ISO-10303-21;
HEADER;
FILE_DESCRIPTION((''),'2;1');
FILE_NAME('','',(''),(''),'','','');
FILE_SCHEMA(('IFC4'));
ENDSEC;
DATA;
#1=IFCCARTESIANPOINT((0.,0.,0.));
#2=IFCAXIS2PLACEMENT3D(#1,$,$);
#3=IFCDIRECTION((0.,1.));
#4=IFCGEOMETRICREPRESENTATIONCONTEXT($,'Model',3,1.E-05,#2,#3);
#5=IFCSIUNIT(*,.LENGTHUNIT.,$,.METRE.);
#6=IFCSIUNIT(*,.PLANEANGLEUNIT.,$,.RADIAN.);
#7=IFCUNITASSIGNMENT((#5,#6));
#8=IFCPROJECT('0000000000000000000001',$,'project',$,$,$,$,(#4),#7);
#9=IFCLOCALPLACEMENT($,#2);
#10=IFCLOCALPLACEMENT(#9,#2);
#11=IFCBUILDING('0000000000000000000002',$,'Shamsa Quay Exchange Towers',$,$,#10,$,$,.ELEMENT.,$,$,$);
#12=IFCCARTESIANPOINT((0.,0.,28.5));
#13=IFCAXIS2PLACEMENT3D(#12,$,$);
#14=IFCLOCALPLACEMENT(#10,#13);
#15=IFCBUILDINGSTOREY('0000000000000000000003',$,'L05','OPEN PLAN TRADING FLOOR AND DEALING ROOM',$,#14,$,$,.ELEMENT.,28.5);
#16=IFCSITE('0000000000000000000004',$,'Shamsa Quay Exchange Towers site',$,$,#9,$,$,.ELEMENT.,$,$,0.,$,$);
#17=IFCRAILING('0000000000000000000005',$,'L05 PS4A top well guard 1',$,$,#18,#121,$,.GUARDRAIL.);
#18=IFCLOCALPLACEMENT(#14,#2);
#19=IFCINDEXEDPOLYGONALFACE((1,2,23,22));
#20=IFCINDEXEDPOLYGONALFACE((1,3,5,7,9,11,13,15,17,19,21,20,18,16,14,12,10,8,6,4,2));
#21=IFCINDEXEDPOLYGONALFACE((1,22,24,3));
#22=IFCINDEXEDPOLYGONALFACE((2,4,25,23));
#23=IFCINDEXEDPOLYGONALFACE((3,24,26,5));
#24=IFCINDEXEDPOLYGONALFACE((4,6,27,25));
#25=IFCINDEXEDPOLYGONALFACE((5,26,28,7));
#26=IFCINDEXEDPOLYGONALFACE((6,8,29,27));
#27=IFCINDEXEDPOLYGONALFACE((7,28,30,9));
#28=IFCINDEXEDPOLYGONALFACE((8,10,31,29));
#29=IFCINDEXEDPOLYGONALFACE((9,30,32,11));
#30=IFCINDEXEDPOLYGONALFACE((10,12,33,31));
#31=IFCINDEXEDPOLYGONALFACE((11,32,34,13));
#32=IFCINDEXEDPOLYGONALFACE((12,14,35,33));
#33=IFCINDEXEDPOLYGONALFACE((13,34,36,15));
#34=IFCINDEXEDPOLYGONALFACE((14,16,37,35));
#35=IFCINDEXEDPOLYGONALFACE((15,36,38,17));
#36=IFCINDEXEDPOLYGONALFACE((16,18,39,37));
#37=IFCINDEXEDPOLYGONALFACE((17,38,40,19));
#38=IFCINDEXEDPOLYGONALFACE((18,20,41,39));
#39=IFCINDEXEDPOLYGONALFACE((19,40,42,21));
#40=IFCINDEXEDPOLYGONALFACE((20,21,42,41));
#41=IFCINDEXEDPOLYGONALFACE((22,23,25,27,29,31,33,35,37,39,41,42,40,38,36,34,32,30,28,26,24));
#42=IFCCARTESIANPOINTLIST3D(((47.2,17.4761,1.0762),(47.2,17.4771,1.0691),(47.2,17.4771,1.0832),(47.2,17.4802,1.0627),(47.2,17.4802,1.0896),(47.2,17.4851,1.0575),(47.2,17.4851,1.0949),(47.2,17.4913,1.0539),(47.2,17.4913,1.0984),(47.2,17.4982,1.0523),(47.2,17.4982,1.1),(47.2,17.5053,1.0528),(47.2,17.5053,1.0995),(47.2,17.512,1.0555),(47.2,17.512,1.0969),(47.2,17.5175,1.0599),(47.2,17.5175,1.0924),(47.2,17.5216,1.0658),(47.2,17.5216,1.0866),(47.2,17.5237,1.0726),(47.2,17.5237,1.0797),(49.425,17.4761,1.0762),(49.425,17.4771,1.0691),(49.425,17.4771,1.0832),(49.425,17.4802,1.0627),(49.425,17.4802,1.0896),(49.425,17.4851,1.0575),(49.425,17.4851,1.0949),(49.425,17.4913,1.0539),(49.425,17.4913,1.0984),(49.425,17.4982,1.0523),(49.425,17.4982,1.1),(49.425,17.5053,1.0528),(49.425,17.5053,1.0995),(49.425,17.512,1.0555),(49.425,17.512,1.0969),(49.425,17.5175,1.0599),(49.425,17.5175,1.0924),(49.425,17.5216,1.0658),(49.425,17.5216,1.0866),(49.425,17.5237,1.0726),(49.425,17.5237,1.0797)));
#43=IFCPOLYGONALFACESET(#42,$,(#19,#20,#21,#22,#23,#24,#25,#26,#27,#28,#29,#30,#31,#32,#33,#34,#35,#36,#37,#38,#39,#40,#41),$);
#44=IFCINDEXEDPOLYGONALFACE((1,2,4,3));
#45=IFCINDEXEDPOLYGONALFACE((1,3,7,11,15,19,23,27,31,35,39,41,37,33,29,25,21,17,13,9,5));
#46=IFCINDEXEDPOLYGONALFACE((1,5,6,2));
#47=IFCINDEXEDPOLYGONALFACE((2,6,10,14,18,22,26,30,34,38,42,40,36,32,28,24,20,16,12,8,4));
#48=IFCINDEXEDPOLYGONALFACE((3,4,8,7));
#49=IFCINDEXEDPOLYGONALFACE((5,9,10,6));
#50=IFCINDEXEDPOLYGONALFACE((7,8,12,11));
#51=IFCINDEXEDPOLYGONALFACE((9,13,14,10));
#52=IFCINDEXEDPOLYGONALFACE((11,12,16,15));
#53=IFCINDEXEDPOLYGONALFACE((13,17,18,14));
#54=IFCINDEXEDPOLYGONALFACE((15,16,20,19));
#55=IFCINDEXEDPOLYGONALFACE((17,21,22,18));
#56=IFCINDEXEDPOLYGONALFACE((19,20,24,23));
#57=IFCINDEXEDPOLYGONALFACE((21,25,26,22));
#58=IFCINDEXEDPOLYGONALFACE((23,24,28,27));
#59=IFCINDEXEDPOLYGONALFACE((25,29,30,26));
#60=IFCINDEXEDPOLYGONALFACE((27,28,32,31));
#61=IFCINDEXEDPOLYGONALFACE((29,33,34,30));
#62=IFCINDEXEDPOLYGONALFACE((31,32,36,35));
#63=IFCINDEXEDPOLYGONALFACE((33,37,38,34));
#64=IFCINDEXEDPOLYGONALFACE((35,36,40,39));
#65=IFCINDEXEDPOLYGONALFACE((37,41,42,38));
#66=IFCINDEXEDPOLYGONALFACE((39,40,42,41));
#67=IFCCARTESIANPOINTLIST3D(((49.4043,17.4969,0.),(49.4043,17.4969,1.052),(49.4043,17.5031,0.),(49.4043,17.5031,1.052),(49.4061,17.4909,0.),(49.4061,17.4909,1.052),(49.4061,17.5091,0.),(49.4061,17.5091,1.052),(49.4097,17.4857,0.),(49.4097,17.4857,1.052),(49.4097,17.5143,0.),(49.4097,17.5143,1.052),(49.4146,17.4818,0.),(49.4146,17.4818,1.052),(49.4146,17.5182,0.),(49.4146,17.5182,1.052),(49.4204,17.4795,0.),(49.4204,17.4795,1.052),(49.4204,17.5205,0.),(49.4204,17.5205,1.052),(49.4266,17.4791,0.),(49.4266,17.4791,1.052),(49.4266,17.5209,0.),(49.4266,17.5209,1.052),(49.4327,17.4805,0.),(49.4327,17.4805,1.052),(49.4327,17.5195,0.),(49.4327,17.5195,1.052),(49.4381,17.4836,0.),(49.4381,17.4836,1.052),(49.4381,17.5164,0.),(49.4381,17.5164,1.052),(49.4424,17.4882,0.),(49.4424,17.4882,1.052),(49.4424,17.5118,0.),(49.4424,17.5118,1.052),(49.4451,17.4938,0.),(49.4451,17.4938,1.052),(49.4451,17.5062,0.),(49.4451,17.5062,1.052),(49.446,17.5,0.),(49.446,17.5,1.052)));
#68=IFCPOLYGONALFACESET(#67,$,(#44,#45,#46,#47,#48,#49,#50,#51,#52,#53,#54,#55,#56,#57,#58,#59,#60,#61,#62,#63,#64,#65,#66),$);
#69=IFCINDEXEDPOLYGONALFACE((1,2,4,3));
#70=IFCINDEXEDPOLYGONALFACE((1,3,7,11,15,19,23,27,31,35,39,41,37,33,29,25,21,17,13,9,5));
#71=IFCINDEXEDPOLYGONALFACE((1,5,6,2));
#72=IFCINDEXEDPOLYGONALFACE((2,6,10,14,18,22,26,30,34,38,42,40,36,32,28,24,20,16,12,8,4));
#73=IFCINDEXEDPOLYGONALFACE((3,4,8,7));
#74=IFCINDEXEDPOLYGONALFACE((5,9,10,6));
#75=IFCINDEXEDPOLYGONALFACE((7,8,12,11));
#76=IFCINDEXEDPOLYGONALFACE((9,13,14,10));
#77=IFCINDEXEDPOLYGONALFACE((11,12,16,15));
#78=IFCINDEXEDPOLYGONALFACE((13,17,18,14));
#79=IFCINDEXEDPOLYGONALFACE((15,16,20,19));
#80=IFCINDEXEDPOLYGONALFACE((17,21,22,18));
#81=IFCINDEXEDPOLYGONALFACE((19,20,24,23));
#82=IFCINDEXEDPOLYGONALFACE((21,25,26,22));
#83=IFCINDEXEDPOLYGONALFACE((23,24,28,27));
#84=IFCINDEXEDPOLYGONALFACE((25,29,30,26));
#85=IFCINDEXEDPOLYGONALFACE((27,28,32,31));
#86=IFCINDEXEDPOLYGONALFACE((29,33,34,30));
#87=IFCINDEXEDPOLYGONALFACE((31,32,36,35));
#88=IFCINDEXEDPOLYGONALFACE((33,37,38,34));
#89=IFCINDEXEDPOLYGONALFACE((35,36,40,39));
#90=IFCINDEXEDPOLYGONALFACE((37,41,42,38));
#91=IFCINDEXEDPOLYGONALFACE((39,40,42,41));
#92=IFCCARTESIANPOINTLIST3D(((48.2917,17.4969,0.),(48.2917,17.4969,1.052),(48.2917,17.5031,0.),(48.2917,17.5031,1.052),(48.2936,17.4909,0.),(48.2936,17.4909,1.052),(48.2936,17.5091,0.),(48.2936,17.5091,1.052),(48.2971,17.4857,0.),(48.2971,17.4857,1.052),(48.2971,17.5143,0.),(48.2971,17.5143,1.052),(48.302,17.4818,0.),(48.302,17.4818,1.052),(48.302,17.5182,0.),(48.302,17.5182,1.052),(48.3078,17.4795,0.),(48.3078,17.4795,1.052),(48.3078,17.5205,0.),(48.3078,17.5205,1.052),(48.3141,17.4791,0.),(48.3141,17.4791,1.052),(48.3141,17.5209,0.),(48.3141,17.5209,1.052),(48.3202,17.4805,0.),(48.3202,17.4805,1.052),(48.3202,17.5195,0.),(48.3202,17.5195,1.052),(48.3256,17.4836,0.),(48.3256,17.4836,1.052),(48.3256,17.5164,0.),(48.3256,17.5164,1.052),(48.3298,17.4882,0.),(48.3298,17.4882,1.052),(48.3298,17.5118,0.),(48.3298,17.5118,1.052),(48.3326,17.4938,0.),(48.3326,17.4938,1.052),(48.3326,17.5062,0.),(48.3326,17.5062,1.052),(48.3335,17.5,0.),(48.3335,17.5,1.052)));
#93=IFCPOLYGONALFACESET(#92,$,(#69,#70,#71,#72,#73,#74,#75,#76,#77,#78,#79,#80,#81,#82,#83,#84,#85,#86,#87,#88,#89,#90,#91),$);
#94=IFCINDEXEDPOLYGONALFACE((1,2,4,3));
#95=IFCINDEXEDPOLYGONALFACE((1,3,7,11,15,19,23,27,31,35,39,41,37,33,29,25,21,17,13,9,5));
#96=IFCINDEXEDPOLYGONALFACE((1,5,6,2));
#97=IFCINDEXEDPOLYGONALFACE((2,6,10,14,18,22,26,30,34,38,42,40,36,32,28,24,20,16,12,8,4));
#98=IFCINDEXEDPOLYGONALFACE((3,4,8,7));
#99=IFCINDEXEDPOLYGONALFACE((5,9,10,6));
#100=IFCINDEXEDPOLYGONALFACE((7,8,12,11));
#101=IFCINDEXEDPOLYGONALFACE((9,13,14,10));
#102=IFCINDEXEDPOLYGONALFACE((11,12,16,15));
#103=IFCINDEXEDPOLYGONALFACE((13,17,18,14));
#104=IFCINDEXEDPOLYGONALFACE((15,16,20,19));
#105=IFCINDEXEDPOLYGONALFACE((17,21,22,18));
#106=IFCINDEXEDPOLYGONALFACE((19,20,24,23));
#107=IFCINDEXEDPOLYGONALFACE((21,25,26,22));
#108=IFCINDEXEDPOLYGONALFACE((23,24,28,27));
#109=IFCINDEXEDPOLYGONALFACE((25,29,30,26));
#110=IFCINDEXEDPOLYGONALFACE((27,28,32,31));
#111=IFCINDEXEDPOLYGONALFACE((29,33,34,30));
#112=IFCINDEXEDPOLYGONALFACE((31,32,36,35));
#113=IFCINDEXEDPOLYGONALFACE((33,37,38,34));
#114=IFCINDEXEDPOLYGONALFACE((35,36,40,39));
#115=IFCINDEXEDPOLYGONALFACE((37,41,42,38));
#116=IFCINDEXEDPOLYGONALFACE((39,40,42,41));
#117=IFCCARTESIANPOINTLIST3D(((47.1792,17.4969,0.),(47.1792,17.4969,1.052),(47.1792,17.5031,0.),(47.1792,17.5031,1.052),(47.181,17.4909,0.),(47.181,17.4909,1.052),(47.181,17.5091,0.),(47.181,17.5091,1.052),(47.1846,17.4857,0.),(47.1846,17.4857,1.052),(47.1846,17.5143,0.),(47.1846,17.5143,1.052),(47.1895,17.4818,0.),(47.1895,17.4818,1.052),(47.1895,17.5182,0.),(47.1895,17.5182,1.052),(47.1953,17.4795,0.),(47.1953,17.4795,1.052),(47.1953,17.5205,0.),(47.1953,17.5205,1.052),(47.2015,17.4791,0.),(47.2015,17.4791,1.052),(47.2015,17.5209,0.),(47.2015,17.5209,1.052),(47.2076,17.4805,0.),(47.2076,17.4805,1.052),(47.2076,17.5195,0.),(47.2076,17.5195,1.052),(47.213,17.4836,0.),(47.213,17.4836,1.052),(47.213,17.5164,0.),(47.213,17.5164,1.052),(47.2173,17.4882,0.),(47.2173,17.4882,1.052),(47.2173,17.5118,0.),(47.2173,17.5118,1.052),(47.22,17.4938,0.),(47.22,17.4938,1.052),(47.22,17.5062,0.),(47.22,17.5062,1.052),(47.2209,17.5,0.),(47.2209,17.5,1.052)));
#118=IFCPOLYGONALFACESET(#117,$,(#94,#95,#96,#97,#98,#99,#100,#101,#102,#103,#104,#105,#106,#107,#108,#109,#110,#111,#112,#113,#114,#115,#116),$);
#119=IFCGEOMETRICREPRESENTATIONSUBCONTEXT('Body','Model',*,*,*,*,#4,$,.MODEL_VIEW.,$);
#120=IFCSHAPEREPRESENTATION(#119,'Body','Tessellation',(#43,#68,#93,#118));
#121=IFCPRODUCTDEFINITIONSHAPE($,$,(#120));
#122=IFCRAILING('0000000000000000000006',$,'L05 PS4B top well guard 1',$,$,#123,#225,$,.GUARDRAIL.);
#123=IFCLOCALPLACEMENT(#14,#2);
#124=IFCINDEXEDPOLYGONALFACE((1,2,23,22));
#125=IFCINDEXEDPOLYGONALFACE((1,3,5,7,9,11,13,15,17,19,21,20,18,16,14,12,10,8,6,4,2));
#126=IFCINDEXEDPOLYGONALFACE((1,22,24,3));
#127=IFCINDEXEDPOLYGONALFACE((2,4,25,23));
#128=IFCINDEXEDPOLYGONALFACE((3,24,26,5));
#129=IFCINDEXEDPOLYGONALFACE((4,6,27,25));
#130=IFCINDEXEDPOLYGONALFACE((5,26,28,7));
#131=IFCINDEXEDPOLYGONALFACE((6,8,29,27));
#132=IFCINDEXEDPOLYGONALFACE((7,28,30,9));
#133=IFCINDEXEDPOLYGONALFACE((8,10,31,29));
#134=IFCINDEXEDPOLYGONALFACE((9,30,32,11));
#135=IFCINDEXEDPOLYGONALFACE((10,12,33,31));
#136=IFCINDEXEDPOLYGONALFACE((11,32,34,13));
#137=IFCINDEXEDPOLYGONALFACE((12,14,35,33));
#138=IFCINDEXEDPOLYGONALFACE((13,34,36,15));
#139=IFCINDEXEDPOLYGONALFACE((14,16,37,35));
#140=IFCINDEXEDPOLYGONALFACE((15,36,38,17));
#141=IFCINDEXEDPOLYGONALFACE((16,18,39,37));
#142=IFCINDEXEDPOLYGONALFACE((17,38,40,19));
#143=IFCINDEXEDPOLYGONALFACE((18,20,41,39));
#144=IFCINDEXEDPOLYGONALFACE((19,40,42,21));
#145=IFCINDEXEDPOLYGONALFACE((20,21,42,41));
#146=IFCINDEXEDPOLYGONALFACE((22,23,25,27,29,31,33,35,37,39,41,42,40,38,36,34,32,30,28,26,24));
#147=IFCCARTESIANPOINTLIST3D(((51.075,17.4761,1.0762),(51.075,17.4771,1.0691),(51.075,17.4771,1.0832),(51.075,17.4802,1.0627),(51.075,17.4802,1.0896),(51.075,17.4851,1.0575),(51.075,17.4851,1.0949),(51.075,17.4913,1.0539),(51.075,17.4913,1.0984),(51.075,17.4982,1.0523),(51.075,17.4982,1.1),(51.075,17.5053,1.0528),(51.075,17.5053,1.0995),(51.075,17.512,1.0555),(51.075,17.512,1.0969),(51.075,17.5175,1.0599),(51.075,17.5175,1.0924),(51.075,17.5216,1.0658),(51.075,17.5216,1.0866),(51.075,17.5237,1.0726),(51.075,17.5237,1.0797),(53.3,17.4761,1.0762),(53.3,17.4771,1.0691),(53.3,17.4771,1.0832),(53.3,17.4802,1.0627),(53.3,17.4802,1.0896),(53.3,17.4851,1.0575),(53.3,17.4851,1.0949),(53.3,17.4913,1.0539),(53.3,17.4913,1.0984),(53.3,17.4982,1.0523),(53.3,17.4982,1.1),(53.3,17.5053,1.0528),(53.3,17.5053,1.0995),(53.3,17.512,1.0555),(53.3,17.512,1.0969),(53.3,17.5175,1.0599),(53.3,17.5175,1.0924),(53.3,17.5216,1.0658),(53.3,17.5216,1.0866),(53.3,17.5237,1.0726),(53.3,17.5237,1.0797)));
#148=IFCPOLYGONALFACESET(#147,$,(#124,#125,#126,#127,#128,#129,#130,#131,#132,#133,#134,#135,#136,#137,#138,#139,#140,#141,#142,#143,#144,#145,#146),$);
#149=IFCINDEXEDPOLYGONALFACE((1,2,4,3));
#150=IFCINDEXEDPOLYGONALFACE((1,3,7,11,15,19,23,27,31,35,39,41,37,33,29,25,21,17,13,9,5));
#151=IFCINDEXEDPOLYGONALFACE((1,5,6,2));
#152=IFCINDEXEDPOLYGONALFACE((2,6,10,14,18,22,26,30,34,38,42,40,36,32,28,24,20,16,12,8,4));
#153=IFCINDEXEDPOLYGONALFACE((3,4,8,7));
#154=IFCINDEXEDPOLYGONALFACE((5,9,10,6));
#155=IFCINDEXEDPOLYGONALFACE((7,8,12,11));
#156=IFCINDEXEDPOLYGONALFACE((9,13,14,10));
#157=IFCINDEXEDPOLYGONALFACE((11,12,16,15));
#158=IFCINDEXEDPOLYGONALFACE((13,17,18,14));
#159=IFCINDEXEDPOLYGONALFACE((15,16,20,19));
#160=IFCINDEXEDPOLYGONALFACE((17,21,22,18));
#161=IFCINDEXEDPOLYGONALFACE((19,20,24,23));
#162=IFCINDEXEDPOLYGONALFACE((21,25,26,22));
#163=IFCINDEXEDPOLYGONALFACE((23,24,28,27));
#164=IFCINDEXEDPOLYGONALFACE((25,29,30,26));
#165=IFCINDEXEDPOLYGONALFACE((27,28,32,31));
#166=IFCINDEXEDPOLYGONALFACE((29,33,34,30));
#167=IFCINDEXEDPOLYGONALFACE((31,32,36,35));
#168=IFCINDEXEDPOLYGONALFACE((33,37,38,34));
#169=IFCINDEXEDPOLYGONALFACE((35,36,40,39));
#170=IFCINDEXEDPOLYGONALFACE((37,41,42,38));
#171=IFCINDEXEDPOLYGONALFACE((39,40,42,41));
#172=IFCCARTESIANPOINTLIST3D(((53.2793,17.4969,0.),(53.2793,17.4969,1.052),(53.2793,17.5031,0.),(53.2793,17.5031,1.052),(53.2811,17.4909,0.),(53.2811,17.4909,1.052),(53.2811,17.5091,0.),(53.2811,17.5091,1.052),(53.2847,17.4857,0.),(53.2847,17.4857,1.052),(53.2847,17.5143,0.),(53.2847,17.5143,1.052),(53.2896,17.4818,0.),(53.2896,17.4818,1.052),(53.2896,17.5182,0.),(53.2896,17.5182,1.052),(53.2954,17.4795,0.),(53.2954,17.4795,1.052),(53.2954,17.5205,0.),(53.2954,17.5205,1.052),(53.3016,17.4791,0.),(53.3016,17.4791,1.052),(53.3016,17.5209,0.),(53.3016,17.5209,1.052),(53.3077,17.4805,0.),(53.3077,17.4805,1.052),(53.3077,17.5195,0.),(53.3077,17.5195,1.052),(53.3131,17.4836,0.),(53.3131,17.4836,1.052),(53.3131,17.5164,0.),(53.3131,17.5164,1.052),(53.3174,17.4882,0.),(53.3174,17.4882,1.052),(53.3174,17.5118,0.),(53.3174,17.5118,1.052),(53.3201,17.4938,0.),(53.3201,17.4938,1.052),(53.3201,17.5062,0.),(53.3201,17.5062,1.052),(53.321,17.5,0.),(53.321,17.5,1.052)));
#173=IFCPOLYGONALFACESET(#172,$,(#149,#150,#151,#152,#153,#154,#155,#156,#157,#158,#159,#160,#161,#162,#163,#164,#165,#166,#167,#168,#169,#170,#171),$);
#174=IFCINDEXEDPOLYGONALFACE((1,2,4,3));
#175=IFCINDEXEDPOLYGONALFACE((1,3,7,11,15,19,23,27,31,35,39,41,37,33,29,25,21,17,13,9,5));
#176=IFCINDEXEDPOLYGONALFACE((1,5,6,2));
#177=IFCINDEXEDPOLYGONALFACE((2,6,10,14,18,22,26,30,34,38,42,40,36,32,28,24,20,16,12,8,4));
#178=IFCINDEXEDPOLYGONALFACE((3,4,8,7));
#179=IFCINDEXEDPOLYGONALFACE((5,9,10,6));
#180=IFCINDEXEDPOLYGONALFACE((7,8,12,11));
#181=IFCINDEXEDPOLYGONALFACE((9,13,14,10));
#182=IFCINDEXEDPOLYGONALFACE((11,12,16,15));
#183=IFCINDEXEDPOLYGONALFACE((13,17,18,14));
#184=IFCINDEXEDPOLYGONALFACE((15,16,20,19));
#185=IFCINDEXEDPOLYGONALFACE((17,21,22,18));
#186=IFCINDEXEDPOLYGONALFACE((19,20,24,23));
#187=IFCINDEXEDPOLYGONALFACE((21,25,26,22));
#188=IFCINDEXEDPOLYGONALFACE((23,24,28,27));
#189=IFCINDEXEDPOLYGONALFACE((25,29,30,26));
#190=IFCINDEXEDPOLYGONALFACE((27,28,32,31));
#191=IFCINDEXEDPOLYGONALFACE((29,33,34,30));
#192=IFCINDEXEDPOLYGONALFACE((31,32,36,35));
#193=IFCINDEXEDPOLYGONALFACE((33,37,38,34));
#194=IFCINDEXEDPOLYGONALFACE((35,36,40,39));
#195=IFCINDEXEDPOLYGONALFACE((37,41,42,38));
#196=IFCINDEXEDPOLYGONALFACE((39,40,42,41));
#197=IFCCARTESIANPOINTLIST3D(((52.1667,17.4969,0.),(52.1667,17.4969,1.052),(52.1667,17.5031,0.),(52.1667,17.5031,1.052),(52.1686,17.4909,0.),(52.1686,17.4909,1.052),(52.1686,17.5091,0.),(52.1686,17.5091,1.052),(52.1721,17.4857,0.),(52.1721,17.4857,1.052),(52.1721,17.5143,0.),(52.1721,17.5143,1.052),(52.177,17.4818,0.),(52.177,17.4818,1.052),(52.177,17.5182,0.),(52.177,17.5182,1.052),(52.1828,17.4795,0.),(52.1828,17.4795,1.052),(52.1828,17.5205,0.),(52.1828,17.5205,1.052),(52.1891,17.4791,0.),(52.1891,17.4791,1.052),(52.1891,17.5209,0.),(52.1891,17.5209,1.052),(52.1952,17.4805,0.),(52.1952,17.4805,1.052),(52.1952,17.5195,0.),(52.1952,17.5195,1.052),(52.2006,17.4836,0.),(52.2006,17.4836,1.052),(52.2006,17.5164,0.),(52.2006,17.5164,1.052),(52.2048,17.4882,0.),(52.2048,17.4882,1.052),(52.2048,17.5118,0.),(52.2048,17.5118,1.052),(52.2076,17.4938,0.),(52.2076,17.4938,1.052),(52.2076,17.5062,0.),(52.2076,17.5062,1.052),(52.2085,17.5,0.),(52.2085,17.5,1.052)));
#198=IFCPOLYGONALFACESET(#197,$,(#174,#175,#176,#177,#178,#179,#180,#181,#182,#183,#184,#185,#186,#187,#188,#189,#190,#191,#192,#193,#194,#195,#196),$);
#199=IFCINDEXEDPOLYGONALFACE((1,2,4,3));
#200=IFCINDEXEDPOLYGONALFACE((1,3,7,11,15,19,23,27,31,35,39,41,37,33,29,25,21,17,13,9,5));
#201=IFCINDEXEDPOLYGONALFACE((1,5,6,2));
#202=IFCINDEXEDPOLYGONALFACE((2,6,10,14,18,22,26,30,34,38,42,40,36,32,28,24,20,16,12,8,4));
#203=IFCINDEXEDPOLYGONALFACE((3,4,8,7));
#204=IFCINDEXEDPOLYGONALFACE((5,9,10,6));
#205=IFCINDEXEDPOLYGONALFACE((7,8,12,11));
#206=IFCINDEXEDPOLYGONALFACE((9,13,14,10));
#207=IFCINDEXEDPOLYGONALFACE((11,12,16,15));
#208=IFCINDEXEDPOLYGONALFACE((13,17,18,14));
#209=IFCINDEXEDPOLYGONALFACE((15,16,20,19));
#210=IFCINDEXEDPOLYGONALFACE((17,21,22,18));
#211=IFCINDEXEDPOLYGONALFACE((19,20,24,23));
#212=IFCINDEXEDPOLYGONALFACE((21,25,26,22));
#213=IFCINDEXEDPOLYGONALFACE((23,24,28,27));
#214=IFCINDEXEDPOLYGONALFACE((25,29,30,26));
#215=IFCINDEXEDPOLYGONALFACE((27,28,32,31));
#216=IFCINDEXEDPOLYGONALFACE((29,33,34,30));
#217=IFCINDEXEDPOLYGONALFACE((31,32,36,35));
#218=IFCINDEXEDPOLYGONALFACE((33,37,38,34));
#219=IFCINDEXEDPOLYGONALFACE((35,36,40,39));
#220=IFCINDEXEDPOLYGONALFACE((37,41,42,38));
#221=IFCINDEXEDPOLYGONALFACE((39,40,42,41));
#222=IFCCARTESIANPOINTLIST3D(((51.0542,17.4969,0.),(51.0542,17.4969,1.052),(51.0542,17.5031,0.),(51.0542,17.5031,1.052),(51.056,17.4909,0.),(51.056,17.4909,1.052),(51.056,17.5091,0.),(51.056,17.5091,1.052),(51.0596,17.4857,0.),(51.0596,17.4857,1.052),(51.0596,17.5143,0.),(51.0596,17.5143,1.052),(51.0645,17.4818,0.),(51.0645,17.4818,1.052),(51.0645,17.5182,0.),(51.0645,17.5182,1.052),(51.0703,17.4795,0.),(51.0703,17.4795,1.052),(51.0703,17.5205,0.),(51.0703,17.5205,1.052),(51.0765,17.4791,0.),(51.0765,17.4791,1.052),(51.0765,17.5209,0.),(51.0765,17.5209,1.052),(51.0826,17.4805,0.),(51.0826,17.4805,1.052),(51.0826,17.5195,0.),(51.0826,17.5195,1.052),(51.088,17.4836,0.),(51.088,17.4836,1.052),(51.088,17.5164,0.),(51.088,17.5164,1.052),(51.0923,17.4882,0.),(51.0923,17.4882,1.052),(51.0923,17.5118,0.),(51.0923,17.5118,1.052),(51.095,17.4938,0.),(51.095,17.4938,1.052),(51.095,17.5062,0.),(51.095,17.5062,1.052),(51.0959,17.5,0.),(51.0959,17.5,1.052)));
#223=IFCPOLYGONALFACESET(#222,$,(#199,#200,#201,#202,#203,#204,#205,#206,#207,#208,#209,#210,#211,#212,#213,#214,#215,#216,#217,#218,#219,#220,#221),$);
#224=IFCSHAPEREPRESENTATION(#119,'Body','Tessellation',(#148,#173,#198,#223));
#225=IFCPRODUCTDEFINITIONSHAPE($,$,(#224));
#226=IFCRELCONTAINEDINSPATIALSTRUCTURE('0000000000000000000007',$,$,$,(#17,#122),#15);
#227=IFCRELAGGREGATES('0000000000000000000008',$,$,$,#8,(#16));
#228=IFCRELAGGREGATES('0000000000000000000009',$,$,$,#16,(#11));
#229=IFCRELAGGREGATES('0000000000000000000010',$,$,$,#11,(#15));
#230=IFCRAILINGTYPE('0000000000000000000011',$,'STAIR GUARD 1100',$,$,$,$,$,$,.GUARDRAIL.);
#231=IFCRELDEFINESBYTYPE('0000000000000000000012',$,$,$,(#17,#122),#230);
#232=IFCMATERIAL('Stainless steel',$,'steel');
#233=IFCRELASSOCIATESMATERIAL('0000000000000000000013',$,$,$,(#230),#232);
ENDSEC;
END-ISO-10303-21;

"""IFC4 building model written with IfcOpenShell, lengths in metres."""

from ifc_helpers import new_model, si_unit, direction, frame, origin, origin_2d, place, context, subcontext, project, spatial, circle, extrude, material, type_object, element, save


model = new_model("IFC4")

# Units and contexts
model_context = context("Model", 3, precision=1e-05, world=origin(), true_north=direction((0.0, 1.0)))
body_context = subcontext(model_context, "Body", "Model", "MODEL_VIEW")
ifc_project = project(units=[si_unit("LENGTHUNIT", "METRE"), si_unit("PLANEANGLEUNIT", "RADIAN")], contexts=[model_context])

# Site, building, storey
site_placement = place(None, origin())
site = spatial("IfcSite", under=ifc_project, at=site_placement, Name="Shamsa Quay Exchange Towers site", CompositionType="ELEMENT", RefElevation=0.0)
building_placement = place(site_placement, origin())
building = spatial("IfcBuilding", under=site, at=building_placement, Name="Shamsa Quay Exchange Towers", CompositionType="ELEMENT")
storey_placement = place(building_placement, frame((0.0, 0.0, 28.5)))
storey = spatial("IfcBuildingStorey", under=building, at=storey_placement, Name="L05", Description="OPEN PLAN TRADING FLOOR AND DEALING ROOM", CompositionType="ELEMENT", Elevation=28.5)

# Railings
ifc_material_1 = material(Name="Stainless steel", Category="steel")
railing_type_1 = type_object("IfcRailingType", Name="STAIR GUARD 1100", PredefinedType="GUARDRAIL", material=ifc_material_1)
for number, where, name in (
    (1, (49.425, 17.5, 0.0), "L05 PS4A top well guard 1"),
    (2, (53.3, 17.5, 0.0), "L05 PS4B top well guard 1"),
):
    element("IfcRailing", number, at=place(storey_placement, frame(where)), inside=storey, type_object=railing_type_1, Name=name, PredefinedType="GUARDRAIL", context=body_context, shape_type="SweptSolid", body=[
        extrude(circle(Radius=0.0239, at=origin_2d()), frame((0.0, 0.0, 1.0762), z_axis=(-1.0, 0.0, 0.0), x_axis=(0.0, -1.0, 0.0)), (0.0, 0.0, 1.0), 2.2251),
        extrude(circle(Radius=0.021, at=origin_2d()), origin(), (0.0, 0.0, 1.0), 1.052),
        extrude(circle(Radius=0.021, at=origin_2d()), frame((-1.1125, 0.0, 0.0)), (0.0, 0.0, 1.0), 1.052),
        extrude(circle(Radius=0.021, at=origin_2d()), frame((-2.2251, 0.0, 0.0)), (0.0, 0.0, 1.0), 1.052),
    ])

save(model, "model.ifc")
